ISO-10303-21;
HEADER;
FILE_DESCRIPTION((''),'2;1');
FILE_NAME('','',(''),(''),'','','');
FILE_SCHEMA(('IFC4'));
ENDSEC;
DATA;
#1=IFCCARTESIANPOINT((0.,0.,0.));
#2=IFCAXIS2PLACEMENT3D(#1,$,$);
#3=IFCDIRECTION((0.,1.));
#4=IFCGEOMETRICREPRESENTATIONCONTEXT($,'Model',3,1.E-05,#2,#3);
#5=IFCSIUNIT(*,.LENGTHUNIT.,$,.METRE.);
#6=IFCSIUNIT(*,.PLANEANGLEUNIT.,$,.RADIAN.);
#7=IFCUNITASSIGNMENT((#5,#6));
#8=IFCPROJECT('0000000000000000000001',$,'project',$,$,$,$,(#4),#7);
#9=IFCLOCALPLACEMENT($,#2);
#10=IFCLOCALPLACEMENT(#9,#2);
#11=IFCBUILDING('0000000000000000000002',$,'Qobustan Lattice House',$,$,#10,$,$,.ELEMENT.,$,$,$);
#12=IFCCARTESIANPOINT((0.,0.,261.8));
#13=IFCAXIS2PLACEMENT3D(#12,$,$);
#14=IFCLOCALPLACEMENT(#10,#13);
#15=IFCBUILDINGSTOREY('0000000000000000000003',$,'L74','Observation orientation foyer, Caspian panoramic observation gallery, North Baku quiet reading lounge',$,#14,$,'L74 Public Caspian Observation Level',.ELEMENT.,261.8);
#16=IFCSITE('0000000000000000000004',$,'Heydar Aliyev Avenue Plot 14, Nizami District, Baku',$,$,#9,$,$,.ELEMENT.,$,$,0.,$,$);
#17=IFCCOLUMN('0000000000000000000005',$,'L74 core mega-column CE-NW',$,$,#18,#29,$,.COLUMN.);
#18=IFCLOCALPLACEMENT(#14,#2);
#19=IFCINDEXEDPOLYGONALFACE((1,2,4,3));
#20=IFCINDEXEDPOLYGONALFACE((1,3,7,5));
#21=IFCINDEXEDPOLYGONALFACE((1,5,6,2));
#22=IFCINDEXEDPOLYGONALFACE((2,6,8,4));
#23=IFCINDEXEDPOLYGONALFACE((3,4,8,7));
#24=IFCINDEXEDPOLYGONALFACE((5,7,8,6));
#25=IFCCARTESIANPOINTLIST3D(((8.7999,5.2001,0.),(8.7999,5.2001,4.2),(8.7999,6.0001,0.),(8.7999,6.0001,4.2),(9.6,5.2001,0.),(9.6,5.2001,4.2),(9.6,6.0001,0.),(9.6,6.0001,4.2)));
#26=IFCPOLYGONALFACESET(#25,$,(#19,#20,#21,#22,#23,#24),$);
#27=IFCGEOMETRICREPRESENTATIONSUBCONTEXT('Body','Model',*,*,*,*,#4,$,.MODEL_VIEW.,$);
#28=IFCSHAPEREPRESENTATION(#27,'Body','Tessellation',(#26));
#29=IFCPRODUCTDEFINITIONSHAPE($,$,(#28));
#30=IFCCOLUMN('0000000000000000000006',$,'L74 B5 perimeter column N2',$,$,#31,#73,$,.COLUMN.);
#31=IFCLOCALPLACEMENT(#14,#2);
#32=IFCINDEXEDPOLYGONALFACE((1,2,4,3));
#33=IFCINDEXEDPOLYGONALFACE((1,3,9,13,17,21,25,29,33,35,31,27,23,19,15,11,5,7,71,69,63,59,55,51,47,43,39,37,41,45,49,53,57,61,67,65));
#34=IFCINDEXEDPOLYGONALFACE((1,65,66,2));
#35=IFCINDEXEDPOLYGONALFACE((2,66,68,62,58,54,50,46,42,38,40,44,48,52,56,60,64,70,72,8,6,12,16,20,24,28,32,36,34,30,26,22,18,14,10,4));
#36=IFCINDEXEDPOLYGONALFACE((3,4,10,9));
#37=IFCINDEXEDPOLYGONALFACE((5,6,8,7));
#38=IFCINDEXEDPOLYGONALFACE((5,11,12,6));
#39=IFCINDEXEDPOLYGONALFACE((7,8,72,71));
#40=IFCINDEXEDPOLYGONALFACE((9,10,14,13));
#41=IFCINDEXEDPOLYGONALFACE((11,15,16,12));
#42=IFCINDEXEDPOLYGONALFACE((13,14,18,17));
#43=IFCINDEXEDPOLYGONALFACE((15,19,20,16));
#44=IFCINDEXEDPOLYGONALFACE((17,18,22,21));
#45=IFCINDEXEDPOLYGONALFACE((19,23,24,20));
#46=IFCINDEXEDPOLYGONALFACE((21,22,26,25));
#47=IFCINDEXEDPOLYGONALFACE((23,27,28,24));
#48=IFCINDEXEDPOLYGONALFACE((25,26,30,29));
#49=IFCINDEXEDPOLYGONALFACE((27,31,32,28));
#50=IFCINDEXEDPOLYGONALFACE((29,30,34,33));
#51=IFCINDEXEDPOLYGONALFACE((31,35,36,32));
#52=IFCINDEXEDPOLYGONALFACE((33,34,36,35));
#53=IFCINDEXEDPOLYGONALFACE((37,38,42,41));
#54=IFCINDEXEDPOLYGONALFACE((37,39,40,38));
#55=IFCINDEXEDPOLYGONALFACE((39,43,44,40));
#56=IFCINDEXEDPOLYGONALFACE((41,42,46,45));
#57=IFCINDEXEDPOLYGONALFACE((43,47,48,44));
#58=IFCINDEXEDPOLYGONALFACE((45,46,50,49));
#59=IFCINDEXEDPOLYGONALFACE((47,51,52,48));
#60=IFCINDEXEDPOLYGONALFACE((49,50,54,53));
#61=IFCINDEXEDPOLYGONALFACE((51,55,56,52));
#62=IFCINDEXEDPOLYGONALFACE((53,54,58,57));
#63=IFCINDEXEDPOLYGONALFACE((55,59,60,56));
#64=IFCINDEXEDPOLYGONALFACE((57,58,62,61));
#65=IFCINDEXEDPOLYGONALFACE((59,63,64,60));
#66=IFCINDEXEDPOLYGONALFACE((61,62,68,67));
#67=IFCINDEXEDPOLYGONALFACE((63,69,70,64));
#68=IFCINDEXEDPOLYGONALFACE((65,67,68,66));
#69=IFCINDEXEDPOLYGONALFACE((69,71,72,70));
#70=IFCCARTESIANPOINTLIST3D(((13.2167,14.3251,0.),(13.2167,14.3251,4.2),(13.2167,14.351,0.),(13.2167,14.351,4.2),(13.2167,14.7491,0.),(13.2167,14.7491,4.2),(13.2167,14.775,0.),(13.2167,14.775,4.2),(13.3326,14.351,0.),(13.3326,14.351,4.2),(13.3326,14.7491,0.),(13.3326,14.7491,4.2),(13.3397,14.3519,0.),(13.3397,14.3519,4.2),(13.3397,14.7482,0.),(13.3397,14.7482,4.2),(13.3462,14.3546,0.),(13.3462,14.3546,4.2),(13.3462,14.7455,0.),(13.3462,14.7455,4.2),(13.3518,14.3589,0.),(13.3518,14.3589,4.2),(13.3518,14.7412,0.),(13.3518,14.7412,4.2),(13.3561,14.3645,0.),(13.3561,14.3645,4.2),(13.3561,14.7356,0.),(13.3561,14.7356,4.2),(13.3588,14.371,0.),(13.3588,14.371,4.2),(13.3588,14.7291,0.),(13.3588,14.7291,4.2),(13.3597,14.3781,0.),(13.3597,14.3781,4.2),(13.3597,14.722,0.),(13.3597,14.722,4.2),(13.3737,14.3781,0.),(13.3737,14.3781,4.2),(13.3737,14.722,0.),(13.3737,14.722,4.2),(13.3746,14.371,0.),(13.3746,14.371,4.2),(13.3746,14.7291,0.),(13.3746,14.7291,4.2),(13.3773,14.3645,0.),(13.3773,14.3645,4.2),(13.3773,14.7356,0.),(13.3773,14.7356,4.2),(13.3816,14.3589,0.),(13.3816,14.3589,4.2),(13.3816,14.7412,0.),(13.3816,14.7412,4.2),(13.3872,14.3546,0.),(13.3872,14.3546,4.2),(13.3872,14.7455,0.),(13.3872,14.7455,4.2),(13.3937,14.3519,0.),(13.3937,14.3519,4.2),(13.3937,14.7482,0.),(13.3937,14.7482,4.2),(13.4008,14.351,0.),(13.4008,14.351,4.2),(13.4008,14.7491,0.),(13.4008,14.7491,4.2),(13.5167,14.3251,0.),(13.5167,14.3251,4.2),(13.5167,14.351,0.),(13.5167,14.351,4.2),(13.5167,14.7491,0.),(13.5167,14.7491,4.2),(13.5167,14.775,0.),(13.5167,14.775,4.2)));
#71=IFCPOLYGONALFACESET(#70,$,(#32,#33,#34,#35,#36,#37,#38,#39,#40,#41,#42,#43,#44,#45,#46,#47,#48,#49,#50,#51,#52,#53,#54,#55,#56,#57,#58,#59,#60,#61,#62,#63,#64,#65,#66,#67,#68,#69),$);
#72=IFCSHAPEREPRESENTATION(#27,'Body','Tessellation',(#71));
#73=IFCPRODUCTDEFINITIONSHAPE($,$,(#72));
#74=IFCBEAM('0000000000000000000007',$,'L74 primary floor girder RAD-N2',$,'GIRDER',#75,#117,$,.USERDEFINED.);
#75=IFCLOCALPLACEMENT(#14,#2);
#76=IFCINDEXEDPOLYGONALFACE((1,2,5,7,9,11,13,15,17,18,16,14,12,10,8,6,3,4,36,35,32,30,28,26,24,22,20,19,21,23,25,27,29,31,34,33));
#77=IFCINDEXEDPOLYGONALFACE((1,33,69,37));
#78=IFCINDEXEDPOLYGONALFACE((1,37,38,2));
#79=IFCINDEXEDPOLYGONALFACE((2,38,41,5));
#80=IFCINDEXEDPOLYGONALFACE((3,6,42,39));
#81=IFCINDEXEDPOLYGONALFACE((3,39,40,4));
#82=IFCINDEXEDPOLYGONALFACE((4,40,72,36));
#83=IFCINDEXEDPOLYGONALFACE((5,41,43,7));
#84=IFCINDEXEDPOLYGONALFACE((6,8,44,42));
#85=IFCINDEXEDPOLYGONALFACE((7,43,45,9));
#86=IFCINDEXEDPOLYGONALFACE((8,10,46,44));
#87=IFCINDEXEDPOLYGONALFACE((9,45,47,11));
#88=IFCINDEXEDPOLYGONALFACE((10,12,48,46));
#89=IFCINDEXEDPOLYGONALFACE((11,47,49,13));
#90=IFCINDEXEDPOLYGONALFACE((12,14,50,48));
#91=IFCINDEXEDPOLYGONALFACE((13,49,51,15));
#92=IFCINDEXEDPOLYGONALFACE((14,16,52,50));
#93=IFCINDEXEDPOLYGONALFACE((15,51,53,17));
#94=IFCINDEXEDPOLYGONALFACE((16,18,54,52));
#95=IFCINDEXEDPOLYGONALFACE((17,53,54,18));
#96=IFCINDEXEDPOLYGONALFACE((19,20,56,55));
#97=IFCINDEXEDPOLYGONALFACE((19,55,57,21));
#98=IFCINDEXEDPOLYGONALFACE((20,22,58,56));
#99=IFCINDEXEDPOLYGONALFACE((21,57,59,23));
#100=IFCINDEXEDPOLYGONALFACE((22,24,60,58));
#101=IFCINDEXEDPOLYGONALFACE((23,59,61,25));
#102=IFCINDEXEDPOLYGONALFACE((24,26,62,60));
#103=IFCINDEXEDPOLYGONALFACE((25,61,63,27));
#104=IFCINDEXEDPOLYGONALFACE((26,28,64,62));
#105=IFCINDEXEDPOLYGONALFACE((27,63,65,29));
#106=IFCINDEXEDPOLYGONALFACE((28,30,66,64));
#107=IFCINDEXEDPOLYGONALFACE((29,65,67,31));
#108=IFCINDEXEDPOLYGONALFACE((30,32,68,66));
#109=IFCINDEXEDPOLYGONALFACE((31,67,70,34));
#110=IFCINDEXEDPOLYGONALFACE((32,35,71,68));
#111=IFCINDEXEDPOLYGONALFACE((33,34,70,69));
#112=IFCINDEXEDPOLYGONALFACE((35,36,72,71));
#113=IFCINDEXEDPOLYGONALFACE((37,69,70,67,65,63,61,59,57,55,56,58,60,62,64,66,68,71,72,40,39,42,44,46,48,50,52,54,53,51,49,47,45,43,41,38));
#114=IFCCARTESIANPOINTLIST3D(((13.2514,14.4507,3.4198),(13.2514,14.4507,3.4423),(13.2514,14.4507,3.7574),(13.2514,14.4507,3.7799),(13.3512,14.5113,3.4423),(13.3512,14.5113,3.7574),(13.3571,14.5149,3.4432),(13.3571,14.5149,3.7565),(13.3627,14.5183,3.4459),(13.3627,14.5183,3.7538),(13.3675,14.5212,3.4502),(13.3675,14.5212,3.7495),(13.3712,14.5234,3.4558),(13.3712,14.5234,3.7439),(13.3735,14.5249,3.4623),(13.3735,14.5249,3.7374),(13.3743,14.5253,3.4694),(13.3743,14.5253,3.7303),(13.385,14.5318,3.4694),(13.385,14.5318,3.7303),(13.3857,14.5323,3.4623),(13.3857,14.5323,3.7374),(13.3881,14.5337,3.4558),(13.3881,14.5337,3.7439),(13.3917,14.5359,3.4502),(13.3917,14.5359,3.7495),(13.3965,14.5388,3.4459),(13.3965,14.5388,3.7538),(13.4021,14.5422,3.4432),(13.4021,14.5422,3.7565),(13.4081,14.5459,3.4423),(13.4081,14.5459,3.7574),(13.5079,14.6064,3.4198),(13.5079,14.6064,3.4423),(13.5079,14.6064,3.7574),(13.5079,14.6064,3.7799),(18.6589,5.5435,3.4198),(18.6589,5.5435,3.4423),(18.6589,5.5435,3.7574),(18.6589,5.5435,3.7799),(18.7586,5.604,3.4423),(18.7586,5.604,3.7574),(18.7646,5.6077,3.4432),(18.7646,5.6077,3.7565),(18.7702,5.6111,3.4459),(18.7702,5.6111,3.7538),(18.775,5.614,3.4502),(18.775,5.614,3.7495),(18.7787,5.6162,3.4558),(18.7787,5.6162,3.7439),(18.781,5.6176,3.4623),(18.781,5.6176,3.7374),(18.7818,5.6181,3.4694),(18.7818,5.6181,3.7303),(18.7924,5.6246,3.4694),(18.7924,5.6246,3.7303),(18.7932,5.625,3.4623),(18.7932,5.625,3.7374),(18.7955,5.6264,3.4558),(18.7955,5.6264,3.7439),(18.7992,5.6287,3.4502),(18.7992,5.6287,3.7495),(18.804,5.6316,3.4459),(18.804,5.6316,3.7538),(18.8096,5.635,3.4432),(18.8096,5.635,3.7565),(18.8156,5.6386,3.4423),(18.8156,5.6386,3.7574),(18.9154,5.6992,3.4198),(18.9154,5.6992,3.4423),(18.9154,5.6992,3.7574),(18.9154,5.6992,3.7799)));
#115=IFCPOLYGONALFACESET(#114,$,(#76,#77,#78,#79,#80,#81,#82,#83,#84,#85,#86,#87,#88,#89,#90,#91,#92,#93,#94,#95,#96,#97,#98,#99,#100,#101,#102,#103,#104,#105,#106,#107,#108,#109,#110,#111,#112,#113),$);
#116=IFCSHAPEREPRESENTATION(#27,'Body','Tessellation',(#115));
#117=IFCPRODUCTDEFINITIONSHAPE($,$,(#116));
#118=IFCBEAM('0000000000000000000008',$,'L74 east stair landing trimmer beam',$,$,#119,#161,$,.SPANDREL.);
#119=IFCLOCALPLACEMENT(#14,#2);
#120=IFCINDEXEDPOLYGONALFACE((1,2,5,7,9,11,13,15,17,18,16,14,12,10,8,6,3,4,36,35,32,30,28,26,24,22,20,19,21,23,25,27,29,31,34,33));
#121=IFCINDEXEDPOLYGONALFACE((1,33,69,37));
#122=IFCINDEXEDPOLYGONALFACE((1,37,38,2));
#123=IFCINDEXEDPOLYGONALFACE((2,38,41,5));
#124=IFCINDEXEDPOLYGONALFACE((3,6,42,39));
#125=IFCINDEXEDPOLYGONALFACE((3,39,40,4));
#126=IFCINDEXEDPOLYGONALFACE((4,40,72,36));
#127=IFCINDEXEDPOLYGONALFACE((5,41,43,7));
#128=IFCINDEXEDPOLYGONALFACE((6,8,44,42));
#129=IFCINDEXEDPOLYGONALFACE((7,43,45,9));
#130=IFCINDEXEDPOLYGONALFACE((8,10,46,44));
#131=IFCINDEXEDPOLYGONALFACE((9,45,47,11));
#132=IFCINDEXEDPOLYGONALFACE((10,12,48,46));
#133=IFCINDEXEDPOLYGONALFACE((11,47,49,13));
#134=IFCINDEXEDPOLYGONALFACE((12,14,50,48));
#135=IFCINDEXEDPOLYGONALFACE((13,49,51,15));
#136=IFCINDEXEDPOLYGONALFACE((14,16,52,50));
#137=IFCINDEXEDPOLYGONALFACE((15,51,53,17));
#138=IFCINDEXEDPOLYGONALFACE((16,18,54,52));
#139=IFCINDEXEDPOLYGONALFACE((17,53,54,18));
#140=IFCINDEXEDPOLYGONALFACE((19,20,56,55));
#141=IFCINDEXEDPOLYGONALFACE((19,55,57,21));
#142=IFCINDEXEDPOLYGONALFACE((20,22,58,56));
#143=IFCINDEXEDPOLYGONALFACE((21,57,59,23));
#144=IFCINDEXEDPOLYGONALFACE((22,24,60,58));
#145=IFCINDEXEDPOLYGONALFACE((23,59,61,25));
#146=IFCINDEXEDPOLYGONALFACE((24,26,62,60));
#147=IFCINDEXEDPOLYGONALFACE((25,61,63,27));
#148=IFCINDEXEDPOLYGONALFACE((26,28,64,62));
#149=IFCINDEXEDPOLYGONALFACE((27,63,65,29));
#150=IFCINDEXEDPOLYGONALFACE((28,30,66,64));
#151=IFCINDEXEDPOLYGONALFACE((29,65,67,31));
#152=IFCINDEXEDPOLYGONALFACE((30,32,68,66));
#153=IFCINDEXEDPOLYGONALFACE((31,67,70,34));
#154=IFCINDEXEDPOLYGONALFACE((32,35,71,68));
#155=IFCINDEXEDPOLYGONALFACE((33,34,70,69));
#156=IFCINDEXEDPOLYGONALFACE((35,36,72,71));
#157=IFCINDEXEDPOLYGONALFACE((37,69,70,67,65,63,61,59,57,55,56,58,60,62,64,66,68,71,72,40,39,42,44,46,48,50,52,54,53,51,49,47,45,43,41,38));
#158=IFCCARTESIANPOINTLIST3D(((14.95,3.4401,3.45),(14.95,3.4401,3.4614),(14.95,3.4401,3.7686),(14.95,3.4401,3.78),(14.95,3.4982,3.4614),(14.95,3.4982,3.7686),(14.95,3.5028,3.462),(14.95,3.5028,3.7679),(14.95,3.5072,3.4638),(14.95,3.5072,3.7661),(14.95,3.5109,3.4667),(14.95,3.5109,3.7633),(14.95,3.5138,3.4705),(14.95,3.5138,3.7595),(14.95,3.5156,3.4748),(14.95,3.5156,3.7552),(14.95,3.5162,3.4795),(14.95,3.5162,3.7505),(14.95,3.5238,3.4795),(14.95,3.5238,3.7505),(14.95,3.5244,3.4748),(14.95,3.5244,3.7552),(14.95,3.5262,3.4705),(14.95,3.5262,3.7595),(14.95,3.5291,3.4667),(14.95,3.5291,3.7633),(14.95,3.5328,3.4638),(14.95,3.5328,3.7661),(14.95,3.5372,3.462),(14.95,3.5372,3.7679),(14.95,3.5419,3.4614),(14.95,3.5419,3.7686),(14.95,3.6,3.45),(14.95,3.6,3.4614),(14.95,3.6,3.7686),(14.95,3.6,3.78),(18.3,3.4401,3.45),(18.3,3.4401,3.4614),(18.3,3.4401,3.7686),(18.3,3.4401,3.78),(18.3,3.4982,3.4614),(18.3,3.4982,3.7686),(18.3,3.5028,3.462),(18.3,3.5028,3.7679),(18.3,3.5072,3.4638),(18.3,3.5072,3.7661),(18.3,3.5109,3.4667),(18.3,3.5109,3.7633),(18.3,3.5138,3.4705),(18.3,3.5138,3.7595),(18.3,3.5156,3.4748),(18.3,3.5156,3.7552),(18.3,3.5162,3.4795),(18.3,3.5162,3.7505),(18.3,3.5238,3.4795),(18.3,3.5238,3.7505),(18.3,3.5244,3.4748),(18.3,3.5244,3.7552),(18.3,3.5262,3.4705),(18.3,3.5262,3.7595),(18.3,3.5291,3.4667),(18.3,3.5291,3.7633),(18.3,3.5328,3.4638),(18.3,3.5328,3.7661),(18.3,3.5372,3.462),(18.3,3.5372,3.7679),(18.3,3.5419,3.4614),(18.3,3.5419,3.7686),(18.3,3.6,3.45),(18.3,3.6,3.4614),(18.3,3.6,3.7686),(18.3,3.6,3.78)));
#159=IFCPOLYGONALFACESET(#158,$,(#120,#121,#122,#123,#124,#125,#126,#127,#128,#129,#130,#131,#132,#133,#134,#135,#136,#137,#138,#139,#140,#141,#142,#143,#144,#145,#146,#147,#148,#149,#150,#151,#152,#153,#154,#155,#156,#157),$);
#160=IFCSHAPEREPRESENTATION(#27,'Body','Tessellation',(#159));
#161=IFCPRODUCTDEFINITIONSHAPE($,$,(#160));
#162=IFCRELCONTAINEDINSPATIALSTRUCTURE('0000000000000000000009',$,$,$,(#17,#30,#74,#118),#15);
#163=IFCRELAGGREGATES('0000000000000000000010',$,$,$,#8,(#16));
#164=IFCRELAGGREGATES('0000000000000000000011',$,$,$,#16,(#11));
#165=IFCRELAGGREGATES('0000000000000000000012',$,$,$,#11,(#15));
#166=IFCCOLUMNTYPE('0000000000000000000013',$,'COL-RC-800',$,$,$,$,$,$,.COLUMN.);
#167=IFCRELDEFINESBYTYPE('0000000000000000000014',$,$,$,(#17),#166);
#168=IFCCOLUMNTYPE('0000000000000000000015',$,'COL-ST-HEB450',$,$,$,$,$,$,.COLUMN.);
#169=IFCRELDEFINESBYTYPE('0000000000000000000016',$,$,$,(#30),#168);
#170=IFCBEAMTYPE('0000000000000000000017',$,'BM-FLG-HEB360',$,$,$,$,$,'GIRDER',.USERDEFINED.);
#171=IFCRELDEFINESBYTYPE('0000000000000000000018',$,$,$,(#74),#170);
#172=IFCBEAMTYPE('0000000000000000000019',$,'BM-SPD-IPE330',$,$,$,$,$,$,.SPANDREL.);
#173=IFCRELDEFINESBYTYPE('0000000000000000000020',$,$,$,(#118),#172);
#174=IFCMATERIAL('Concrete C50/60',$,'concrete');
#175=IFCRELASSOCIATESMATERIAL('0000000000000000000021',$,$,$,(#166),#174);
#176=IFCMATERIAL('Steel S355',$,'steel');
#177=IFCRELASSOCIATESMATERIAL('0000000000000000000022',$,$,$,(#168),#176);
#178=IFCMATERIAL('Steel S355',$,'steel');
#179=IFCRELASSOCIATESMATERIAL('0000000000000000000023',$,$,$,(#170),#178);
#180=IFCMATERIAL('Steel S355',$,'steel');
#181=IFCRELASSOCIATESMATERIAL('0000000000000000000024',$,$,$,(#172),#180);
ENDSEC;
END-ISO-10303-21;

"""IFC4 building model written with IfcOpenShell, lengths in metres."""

from ifc_helpers import new_model, si_unit, direction, frame, origin, origin_2d, place, context, subcontext, project, spatial, rectangle, i_section, extrude, material, material_profile, profile_set, type_object, element, save


model = new_model("IFC4")

# Units and contexts
model_context = context("Model", 3, precision=1e-05, world=origin(), true_north=direction((0.0, 1.0)))
body_context = subcontext(model_context, "Body", "Model", "MODEL_VIEW")
ifc_project = project(units=[si_unit("LENGTHUNIT", "METRE"), si_unit("PLANEANGLEUNIT", "RADIAN")], contexts=[model_context])

# Site, building, storey
site_placement = place(None, origin())
site = spatial("IfcSite", under=ifc_project, at=site_placement, Name="Heydar Aliyev Avenue Plot 14, Nizami District, Baku", CompositionType="ELEMENT", RefElevation=0.0)
building_placement = place(site_placement, origin())
building = spatial("IfcBuilding", under=site, at=building_placement, Name="Qobustan Lattice House", CompositionType="ELEMENT")
storey_placement = place(building_placement, frame((0.0, 0.0, 261.8)))
storey = spatial("IfcBuildingStorey", under=building, at=storey_placement, Name="L74", Description="Observation orientation foyer, Caspian panoramic observation gallery, North Baku quiet reading lounge", LongName="L74 Public Caspian Observation Level", CompositionType="ELEMENT", Elevation=261.8)

# Columns
ifc_material_1 = material(Name="Concrete C50/60", Category="concrete")
ifc_material_profile_1 = material_profile(ifc_material_1, rectangle(XDim=0.8, YDim=0.8, at=origin_2d()), Name="RC800x800")
ifc_profile_set_1 = profile_set([ifc_material_profile_1], Name="Concrete C50/60")
column_type_1 = type_object("IfcColumnType", Name="COL-RC-800", PredefinedType="COLUMN", material=ifc_profile_set_1)
column_1_placement = place(storey_placement, frame((9.2, 5.6001, 0.0), z_axis=(0.0, 0.0, 1.0), x_axis=(1.0, 0.0, 0.0)))
element("IfcColumn", 1, at=column_1_placement, inside=storey, type_object=column_type_1, Name="L74 core mega-column CE-NW", PredefinedType="COLUMN", context=body_context, shape_type="SweptSolid", body=[
    extrude(rectangle(XDim=0.8, YDim=0.8, at=origin_2d()), origin(), (0.0, 0.0, 1.0), 4.2),
])
ifc_material_2 = material(Name="Steel S355", Category="steel")
ifc_material_profile_2 = material_profile(ifc_material_2, i_section(OverallWidth=0.3, OverallDepth=0.45, WebThickness=0.0139, FlangeThickness=0.0259, FilletRadius=0.0271, at=origin_2d()), Name="HEB450")
ifc_profile_set_2 = profile_set([ifc_material_profile_2], Name="Steel S355")
column_type_2 = type_object("IfcColumnType", Name="COL-ST-HEB450", PredefinedType="COLUMN", material=ifc_profile_set_2)
column_2_placement = place(storey_placement, frame((13.3667, 14.55, 0.0), z_axis=(0.0, 0.0, 1.0), x_axis=(1.0, 0.0, 0.0)))
element("IfcColumn", 2, at=column_2_placement, inside=storey, type_object=column_type_2, Name="L74 B5 perimeter column N2", PredefinedType="COLUMN", context=body_context, shape_type="SweptSolid", body=[
    extrude(i_section(OverallWidth=0.3, OverallDepth=0.45, WebThickness=0.0139, FlangeThickness=0.0259, FilletRadius=0.0271, at=origin_2d()), origin(), (0.0, 0.0, 1.0), 4.2),
])

# Beams
ifc_material_3 = material(Name="Steel S355", Category="steel")
ifc_material_profile_3 = material_profile(ifc_material_3, i_section(OverallWidth=0.3, OverallDepth=0.3601, WebThickness=0.0125, FlangeThickness=0.0225, FilletRadius=0.0271, at=origin_2d()), Name="HEB360")
ifc_profile_set_3 = profile_set([ifc_material_profile_3], Name="Steel S355")
beam_type_1 = type_object("IfcBeamType", Name="BM-FLG-HEB360", ElementType="GIRDER", PredefinedType="USERDEFINED", material=ifc_profile_set_3)
beam_1_placement = place(storey_placement, frame((13.3796, 14.5286, 3.5999), z_axis=(0.518944, -0.854808, 0.0), x_axis=(0.854808, 0.518944, 0.0)))
element("IfcBeam", 3, at=beam_1_placement, inside=storey, type_object=beam_type_1, Name="L74 primary floor girder RAD-N2", ObjectType="GIRDER", PredefinedType="USERDEFINED", context=body_context, shape_type="SweptSolid", body=[
    extrude(i_section(OverallWidth=0.3, OverallDepth=0.3601, WebThickness=0.0125, FlangeThickness=0.0225, FilletRadius=0.0271, at=origin_2d()), origin(), (0.0, 0.0, 1.0), 10.4202),
])
ifc_material_4 = material(Name="Steel S355", Category="steel")
ifc_material_profile_4 = material_profile(ifc_material_4, i_section(OverallWidth=0.1599, OverallDepth=0.3301, WebThickness=0.0076, FlangeThickness=0.0115, FilletRadius=0.0181, at=origin_2d()), Name="IPE330")
ifc_profile_set_4 = profile_set([ifc_material_profile_4], Name="Steel S355")
beam_type_2 = type_object("IfcBeamType", Name="BM-SPD-IPE330", PredefinedType="SPANDREL", material=ifc_profile_set_4)
beam_2_placement = place(storey_placement, frame((14.95, 3.52, 3.615), z_axis=(1.0, 0.0, 0.0), x_axis=(0.0, 1.0, 0.0)))
element("IfcBeam", 4, at=beam_2_placement, inside=storey, type_object=beam_type_2, Name="L74 east stair landing trimmer beam", PredefinedType="SPANDREL", context=body_context, shape_type="SweptSolid", body=[
    extrude(i_section(OverallWidth=0.1599, OverallDepth=0.3301, WebThickness=0.0076, FlangeThickness=0.0115, FilletRadius=0.0181, at=origin_2d()), origin(), (0.0, 0.0, 1.0), 3.3501),
])

save(model, "model.ifc")
